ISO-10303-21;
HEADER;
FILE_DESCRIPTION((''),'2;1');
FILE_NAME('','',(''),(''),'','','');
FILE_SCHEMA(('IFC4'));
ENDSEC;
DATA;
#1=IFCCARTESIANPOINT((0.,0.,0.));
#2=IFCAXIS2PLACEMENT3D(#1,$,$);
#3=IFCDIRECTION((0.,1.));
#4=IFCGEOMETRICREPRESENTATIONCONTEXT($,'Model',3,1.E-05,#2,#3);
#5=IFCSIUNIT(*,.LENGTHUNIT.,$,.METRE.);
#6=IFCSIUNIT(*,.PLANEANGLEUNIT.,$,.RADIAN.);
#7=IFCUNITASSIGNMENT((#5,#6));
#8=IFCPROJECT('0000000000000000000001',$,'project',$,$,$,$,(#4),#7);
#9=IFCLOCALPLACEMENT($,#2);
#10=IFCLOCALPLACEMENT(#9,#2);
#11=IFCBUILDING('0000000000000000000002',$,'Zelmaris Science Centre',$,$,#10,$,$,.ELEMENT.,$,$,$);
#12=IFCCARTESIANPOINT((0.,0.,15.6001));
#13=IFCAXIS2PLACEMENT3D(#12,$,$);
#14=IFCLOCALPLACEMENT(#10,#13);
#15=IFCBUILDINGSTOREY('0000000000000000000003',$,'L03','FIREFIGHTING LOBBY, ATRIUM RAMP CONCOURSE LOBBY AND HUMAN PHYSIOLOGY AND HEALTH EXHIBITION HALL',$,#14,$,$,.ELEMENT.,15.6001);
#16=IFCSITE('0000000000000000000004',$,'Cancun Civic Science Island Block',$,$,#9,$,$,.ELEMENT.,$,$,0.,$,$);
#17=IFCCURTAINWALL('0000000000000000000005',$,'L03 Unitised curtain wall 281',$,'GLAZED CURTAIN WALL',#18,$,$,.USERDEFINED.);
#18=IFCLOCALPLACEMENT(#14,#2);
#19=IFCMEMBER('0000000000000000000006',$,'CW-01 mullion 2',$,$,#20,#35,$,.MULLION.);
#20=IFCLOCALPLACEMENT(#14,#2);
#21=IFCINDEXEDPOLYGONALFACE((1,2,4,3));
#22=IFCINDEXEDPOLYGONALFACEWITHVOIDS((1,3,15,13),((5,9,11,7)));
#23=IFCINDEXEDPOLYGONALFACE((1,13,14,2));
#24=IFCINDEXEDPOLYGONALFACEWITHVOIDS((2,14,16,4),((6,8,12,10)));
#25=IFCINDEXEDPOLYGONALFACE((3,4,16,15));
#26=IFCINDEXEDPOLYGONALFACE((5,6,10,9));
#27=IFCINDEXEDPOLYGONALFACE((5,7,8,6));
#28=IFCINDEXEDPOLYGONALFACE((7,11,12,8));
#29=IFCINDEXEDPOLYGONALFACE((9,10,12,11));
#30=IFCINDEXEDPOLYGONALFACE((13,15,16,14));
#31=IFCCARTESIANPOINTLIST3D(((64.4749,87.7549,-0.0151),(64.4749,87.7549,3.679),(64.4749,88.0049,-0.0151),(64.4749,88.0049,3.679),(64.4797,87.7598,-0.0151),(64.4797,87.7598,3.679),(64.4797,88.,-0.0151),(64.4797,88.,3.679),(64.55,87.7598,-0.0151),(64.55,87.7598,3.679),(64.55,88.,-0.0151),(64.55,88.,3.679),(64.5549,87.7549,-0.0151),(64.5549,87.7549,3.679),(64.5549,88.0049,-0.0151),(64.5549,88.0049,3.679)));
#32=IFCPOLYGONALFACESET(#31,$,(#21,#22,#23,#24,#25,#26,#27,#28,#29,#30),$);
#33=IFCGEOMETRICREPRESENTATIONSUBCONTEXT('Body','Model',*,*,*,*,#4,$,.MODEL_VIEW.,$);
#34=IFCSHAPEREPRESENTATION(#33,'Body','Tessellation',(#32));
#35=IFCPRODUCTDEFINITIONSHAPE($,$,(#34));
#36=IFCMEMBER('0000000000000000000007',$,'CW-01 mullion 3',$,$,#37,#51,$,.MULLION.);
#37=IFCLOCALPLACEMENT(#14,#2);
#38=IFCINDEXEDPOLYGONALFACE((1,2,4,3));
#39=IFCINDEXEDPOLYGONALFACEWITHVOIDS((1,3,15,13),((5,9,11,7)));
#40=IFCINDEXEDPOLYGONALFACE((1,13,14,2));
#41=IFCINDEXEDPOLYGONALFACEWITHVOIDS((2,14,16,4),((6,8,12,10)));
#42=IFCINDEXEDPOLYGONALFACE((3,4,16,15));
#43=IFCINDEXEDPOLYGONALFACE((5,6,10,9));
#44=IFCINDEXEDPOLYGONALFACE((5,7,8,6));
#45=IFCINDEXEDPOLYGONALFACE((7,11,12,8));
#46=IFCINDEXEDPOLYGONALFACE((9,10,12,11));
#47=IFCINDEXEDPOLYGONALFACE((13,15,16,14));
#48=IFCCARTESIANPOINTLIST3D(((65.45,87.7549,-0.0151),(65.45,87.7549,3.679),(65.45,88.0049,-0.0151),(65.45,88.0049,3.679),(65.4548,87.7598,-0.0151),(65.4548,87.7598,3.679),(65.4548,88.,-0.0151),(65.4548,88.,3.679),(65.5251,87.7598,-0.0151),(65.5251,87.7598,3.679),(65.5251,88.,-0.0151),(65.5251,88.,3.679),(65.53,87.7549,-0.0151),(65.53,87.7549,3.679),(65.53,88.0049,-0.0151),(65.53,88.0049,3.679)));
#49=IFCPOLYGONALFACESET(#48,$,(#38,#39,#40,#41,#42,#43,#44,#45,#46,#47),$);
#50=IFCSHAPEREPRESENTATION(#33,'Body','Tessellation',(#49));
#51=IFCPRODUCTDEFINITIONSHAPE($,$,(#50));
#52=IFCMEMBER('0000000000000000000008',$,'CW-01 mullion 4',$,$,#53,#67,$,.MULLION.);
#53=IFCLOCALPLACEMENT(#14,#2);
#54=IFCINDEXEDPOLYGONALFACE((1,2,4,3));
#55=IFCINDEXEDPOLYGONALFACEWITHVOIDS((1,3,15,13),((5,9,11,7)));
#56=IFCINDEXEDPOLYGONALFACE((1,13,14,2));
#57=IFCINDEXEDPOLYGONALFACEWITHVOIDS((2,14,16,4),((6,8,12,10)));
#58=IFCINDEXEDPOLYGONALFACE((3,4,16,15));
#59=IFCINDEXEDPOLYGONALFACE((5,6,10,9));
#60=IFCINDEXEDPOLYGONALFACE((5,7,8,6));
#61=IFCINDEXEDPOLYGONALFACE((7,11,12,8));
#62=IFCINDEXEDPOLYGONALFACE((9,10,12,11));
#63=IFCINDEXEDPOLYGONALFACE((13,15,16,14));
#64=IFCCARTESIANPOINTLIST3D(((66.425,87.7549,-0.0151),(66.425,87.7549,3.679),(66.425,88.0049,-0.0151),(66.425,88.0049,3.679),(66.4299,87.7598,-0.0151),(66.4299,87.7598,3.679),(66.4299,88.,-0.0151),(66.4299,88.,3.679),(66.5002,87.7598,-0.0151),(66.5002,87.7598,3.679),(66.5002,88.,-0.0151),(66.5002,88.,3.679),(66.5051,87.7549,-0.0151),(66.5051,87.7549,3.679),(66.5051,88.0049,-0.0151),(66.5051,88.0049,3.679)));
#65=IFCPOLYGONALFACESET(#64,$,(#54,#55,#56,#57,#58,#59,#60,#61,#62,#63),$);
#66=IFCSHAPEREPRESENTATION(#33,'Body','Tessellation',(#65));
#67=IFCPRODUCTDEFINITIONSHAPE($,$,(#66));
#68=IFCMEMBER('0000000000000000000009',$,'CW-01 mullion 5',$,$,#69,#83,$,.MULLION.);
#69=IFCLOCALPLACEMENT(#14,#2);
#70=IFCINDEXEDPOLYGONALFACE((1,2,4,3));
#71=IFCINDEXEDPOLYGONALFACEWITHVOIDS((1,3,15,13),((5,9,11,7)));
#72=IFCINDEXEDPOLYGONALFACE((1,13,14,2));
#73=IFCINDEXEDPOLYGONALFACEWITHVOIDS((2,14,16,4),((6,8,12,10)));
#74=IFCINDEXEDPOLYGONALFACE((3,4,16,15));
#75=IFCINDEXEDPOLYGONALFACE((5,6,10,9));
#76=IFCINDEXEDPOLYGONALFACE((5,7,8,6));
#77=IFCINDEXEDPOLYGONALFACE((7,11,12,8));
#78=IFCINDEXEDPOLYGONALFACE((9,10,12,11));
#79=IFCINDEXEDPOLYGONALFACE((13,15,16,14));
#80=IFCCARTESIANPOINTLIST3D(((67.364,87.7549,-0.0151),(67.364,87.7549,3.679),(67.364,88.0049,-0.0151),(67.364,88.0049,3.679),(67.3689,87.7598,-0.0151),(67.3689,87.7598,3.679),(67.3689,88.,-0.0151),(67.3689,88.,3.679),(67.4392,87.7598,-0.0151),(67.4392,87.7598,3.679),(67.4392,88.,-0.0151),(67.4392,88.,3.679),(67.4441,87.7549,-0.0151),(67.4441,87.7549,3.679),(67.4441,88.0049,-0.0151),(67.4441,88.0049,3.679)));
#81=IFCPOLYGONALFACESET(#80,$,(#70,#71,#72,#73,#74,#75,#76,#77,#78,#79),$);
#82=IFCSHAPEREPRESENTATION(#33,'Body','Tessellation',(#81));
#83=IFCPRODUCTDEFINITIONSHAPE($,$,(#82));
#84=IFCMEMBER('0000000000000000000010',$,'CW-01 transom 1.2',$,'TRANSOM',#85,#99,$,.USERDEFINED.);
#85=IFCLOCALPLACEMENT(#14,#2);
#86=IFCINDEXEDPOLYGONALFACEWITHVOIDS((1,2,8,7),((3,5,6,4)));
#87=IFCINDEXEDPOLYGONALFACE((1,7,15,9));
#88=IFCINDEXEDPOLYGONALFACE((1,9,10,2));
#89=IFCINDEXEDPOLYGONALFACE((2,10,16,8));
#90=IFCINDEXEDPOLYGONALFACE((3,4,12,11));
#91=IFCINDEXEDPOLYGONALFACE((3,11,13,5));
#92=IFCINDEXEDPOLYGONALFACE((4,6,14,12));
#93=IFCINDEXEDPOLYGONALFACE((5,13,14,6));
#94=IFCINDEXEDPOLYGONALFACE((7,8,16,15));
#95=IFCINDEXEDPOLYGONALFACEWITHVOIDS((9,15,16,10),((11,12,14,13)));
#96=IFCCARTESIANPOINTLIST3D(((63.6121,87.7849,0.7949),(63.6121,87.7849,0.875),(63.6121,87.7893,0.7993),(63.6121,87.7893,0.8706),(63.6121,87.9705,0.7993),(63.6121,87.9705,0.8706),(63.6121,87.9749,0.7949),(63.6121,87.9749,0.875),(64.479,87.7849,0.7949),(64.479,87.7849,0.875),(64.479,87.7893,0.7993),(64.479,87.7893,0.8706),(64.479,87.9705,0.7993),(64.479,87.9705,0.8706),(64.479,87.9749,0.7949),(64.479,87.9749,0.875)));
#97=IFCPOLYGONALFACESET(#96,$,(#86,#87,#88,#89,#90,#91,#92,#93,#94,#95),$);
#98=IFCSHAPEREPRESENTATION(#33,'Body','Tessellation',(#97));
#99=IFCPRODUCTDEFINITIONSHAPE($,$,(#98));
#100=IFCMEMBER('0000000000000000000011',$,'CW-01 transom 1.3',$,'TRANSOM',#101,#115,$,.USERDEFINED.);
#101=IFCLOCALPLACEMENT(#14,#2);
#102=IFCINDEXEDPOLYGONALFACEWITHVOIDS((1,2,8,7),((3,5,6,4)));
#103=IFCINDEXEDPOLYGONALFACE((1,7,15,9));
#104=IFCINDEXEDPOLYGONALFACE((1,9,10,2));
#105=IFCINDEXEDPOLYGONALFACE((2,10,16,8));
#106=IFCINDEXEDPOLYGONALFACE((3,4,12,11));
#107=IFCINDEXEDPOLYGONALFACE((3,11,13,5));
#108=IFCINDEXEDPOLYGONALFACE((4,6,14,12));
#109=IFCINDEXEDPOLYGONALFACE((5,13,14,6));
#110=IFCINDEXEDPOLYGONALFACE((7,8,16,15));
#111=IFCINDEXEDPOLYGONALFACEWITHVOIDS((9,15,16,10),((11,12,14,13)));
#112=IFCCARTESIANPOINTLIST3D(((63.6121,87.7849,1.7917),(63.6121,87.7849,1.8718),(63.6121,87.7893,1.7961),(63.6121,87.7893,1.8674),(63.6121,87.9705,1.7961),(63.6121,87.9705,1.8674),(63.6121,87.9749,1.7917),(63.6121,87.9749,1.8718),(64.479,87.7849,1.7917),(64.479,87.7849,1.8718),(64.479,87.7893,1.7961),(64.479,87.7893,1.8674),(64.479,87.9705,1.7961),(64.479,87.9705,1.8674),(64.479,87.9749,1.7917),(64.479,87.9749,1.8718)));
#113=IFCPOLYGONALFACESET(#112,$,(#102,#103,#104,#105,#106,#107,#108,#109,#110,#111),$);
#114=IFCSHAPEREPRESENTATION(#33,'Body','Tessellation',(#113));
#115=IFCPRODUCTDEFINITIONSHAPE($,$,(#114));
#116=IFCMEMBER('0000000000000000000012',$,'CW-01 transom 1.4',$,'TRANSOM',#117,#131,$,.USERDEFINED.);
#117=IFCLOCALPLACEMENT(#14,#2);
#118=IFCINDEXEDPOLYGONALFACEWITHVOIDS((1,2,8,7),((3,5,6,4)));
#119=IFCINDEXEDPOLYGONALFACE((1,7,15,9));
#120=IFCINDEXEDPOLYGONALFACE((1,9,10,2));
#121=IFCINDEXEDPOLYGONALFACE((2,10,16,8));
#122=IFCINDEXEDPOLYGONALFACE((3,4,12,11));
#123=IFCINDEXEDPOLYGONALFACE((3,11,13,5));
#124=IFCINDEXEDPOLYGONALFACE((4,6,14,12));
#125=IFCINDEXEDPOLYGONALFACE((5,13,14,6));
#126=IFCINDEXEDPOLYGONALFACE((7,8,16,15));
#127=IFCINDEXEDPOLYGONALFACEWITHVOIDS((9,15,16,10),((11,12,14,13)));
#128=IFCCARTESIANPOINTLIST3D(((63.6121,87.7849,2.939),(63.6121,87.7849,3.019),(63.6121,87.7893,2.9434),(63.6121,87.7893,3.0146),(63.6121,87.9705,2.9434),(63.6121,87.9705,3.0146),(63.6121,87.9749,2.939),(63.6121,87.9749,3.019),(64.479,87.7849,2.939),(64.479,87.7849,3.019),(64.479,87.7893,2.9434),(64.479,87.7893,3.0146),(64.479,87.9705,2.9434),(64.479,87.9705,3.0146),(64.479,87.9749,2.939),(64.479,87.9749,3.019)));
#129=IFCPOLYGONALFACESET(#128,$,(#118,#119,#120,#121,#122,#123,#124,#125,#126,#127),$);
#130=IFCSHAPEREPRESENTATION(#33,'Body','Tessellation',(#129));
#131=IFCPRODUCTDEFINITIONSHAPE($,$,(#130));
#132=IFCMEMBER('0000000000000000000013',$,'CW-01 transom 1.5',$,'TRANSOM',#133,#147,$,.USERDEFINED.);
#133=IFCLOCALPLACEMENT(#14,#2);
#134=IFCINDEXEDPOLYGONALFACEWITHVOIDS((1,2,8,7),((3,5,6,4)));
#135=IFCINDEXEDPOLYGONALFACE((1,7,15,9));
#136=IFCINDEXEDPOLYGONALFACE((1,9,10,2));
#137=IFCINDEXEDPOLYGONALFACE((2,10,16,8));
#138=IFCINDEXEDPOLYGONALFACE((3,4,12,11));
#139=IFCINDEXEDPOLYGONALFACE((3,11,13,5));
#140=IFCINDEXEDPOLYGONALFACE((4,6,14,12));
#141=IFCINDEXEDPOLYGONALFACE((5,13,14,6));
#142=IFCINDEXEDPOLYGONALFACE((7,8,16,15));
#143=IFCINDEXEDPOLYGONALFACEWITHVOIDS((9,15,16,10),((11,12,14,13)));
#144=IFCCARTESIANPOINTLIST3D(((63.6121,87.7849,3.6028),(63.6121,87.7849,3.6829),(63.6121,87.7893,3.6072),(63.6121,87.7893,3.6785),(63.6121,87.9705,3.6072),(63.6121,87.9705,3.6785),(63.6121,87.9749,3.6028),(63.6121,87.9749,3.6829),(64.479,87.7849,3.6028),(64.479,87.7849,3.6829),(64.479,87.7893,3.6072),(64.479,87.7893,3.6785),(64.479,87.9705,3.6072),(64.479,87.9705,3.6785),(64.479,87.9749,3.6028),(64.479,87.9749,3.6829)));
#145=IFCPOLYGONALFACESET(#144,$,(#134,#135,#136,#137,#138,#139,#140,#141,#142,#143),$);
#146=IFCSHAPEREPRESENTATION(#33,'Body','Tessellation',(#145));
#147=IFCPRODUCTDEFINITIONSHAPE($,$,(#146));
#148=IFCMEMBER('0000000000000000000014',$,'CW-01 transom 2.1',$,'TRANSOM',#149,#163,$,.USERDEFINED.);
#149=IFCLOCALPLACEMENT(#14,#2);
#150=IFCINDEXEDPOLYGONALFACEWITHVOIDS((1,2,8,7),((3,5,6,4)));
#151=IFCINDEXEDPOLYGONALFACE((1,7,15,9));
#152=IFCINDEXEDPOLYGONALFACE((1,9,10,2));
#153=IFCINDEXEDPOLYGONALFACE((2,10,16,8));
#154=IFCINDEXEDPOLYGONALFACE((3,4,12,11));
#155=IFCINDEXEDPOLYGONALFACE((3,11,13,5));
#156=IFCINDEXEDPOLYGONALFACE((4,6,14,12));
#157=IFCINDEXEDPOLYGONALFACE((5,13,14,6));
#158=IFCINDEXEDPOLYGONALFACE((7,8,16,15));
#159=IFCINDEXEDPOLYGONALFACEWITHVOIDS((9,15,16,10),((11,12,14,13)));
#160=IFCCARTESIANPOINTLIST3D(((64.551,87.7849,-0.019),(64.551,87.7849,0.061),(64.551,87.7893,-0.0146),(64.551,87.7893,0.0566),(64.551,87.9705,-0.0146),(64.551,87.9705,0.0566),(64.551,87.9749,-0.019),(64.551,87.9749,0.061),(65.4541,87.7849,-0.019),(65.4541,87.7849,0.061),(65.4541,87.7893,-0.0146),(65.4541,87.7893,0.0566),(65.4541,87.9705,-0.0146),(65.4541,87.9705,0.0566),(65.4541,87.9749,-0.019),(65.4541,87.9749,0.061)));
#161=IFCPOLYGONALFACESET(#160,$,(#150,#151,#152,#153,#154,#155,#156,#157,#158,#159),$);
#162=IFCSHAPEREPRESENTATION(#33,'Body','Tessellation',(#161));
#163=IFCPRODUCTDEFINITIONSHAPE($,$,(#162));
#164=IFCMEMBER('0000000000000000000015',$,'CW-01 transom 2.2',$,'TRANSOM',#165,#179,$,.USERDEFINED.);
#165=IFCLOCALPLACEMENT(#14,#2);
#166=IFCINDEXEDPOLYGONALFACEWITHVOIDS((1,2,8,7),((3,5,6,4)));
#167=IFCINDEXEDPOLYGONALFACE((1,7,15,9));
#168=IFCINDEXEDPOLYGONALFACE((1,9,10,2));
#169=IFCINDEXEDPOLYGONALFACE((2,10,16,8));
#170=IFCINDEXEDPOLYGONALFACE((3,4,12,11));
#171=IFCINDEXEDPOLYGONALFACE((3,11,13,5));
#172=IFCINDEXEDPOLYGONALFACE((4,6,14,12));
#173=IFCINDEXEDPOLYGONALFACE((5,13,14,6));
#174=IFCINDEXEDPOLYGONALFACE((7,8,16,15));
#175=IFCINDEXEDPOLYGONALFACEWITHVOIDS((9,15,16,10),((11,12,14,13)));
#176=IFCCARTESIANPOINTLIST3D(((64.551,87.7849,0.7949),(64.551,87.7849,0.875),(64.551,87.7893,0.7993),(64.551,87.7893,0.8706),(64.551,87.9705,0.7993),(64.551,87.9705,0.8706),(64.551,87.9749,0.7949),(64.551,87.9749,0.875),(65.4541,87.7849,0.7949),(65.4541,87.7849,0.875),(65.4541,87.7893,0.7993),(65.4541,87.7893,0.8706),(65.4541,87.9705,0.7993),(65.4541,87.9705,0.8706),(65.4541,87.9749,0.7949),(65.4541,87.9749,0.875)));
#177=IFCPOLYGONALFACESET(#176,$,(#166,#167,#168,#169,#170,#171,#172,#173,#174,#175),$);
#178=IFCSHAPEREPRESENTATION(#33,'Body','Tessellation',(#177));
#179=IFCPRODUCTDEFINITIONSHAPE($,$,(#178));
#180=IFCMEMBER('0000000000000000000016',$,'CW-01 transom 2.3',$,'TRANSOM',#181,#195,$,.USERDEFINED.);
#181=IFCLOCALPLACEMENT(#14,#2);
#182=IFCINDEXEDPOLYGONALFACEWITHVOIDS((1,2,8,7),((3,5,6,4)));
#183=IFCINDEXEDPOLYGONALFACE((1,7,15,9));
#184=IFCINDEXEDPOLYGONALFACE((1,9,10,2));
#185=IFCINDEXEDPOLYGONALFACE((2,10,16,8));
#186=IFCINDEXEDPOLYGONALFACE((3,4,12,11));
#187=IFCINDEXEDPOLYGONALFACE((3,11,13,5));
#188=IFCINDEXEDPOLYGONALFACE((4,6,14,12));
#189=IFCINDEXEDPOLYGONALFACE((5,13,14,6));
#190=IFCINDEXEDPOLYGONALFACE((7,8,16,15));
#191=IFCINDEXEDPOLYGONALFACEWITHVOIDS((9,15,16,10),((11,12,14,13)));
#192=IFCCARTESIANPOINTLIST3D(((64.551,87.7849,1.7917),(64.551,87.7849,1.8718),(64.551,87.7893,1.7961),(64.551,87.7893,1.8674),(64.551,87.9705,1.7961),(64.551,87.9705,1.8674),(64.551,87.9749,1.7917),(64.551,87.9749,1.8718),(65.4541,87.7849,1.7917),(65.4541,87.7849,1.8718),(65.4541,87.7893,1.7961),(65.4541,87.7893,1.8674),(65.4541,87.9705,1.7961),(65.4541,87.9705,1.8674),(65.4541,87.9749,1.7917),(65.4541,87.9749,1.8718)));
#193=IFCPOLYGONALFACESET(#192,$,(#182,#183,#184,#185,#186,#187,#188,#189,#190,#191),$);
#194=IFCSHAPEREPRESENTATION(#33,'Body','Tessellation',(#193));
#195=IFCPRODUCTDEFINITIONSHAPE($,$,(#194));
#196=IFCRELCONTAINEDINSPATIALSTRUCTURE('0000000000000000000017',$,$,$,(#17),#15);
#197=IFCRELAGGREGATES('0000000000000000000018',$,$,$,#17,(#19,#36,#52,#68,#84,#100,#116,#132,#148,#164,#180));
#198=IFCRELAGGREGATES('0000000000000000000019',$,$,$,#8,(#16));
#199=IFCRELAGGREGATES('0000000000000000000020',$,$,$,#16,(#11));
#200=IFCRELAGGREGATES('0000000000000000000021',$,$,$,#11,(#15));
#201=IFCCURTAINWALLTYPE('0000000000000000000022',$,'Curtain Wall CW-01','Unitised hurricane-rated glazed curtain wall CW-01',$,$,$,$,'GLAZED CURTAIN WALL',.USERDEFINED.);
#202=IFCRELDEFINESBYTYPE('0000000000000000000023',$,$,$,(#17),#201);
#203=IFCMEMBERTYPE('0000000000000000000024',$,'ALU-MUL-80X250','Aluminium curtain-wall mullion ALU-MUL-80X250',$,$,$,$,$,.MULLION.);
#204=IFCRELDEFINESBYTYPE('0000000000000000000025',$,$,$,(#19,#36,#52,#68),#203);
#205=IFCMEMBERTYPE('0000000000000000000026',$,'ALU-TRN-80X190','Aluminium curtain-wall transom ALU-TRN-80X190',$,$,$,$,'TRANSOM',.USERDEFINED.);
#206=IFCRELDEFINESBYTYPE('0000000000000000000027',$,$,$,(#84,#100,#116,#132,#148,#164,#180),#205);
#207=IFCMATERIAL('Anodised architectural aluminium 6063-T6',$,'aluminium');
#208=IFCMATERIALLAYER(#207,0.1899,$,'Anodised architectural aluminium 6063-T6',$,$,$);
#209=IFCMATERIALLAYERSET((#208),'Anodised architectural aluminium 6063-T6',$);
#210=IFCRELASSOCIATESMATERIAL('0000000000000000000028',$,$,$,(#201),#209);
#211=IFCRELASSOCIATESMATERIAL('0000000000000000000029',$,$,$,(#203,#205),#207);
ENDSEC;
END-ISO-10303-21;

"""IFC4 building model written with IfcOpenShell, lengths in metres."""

from ifc_helpers import new_model, si_unit, direction, frame, origin, origin_2d, place, context, subcontext, project, spatial, hollow_rectangle, extrude, material, layer, layer_set, material_profile, profile_set, type_object, element, aggregate, save


model = new_model("IFC4")

# Units and contexts
model_context = context("Model", 3, precision=1e-05, world=origin(), true_north=direction((0.0, 1.0)))
body_context = subcontext(model_context, "Body", "Model", "MODEL_VIEW")
ifc_project = project(units=[si_unit("LENGTHUNIT", "METRE"), si_unit("PLANEANGLEUNIT", "RADIAN")], contexts=[model_context])

# Site, building, storey
site_placement = place(None, origin())
site = spatial("IfcSite", under=ifc_project, at=site_placement, Name="Cancun Civic Science Island Block", CompositionType="ELEMENT", RefElevation=0.0)
building_placement = place(site_placement, origin())
building = spatial("IfcBuilding", under=site, at=building_placement, Name="Zelmaris Science Centre", CompositionType="ELEMENT")
storey_placement = place(building_placement, frame((0.0, 0.0, 15.6001)))
storey = spatial("IfcBuildingStorey", under=building, at=storey_placement, Name="L03", Description="FIREFIGHTING LOBBY, ATRIUM RAMP CONCOURSE LOBBY AND HUMAN PHYSIOLOGY AND HEALTH EXHIBITION HALL", CompositionType="ELEMENT", Elevation=15.6001)

# Curtain wall, members
ifc_material_1 = material(Name="Anodised architectural aluminium 6063-T6", Category="aluminium")
ifc_layer_1 = layer(ifc_material_1, 0.1899, Name="Anodised architectural aluminium 6063-T6")
ifc_layer_set_1 = layer_set([ifc_layer_1], Name="Anodised architectural aluminium 6063-T6")
curtain_wall_type = type_object("IfcCurtainWallType", Name="Curtain Wall CW-01", Description="Unitised hurricane-rated glazed curtain wall CW-01", ElementType="GLAZED CURTAIN WALL", PredefinedType="USERDEFINED", material=ifc_layer_set_1)
curtain_wall_placement = place(storey_placement, origin())
curtain_wall = element("IfcCurtainWall", 1, at=curtain_wall_placement, inside=storey, type_object=curtain_wall_type, Name="L03 Unitised curtain wall 281", ObjectType="GLAZED CURTAIN WALL", PredefinedType="USERDEFINED")
ifc_material_profile_1 = material_profile(ifc_material_1, hollow_rectangle(XDim=0.0801, YDim=0.25, WallThickness=0.0049, at=origin_2d()), Name="ALU-MUL-80X250")
ifc_profile_set_1 = profile_set([ifc_material_profile_1], Name="Anodised architectural aluminium 6063-T6")
member_type_1 = type_object("IfcMemberType", Name="ALU-MUL-80X250", Description="Aluminium curtain-wall mullion ALU-MUL-80X250", PredefinedType="MULLION", material=ifc_profile_set_1)
member_1_placement = place(storey_placement, frame((64.5149, 87.8799, -0.0151), z_axis=(0.0, 0.0, 1.0), x_axis=(1.0, 0.0, 0.0)))
member_1 = element("IfcMember", 2, at=member_1_placement, type_object=member_type_1, Name="CW-01 mullion 2", PredefinedType="MULLION", context=body_context, shape_type="SweptSolid", body=[
    extrude(hollow_rectangle(XDim=0.0801, YDim=0.25, WallThickness=0.0049, at=origin_2d()), origin(), (0.0, 0.0, 1.0), 3.6941),
])
member_2_placement = place(storey_placement, frame((65.49, 87.8799, -0.0151), z_axis=(0.0, 0.0, 1.0), x_axis=(1.0, 0.0, 0.0)))
member_2 = element("IfcMember", 3, at=member_2_placement, type_object=member_type_1, Name="CW-01 mullion 3", PredefinedType="MULLION", context=body_context, shape_type="SweptSolid", body=[
    extrude(hollow_rectangle(XDim=0.0801, YDim=0.25, WallThickness=0.0049, at=origin_2d()), origin(), (0.0, 0.0, 1.0), 3.6941),
])
member_3_placement = place(storey_placement, frame((66.4651, 87.8799, -0.0151), z_axis=(0.0, 0.0, 1.0), x_axis=(1.0, 0.0, 0.0)))
member_3 = element("IfcMember", 4, at=member_3_placement, type_object=member_type_1, Name="CW-01 mullion 4", PredefinedType="MULLION", context=body_context, shape_type="SweptSolid", body=[
    extrude(hollow_rectangle(XDim=0.0801, YDim=0.25, WallThickness=0.0049, at=origin_2d()), origin(), (0.0, 0.0, 1.0), 3.6941),
])
member_4_placement = place(storey_placement, frame((67.4041, 87.8799, -0.0151), z_axis=(0.0, 0.0, 1.0), x_axis=(1.0, 0.0, 0.0)))
member_4 = element("IfcMember", 5, at=member_4_placement, type_object=member_type_1, Name="CW-01 mullion 5", PredefinedType="MULLION", context=body_context, shape_type="SweptSolid", body=[
    extrude(hollow_rectangle(XDim=0.0801, YDim=0.25, WallThickness=0.0049, at=origin_2d()), origin(), (0.0, 0.0, 1.0), 3.6941),
])
ifc_material_profile_2 = material_profile(ifc_material_1, hollow_rectangle(XDim=0.0801, YDim=0.1899, WallThickness=0.0044, at=origin_2d()), Name="ALU-TRN-80X190")
ifc_profile_set_2 = profile_set([ifc_material_profile_2], Name="Anodised architectural aluminium 6063-T6")
member_type_2 = type_object("IfcMemberType", Name="ALU-TRN-80X190", Description="Aluminium curtain-wall transom ALU-TRN-80X190", ElementType="TRANSOM", PredefinedType="USERDEFINED", material=ifc_profile_set_2)
member_5_placement = place(storey_placement, frame((63.6121, 87.8799, 0.835), z_axis=(1.0, 0.0, 0.0), x_axis=(0.0, 0.0, 1.0)))
member_5 = element("IfcMember", 6, at=member_5_placement, type_object=member_type_2, Name="CW-01 transom 1.2", ObjectType="TRANSOM", PredefinedType="USERDEFINED", context=body_context, shape_type="SweptSolid", body=[
    extrude(hollow_rectangle(XDim=0.0801, YDim=0.1899, WallThickness=0.0044, at=origin_2d()), origin(), (0.0, 0.0, 1.0), 0.8669),
])
member_6_placement = place(storey_placement, frame((63.6121, 87.8799, 1.8318), z_axis=(1.0, 0.0, 0.0), x_axis=(0.0, 0.0, 1.0)))
member_6 = element("IfcMember", 7, at=member_6_placement, type_object=member_type_2, Name="CW-01 transom 1.3", ObjectType="TRANSOM", PredefinedType="USERDEFINED", context=body_context, shape_type="SweptSolid", body=[
    extrude(hollow_rectangle(XDim=0.0801, YDim=0.1899, WallThickness=0.0044, at=origin_2d()), origin(), (0.0, 0.0, 1.0), 0.8669),
])
member_7_placement = place(storey_placement, frame((63.6121, 87.8799, 2.979), z_axis=(1.0, 0.0, 0.0), x_axis=(0.0, 0.0, 1.0)))
member_7 = element("IfcMember", 8, at=member_7_placement, type_object=member_type_2, Name="CW-01 transom 1.4", ObjectType="TRANSOM", PredefinedType="USERDEFINED", context=body_context, shape_type="SweptSolid", body=[
    extrude(hollow_rectangle(XDim=0.0801, YDim=0.1899, WallThickness=0.0044, at=origin_2d()), origin(), (0.0, 0.0, 1.0), 0.8669),
])
member_8_placement = place(storey_placement, frame((63.6121, 87.8799, 3.6428), z_axis=(1.0, 0.0, 0.0), x_axis=(0.0, 0.0, 1.0)))
member_8 = element("IfcMember", 9, at=member_8_placement, type_object=member_type_2, Name="CW-01 transom 1.5", ObjectType="TRANSOM", PredefinedType="USERDEFINED", context=body_context, shape_type="SweptSolid", body=[
    extrude(hollow_rectangle(XDim=0.0801, YDim=0.1899, WallThickness=0.0044, at=origin_2d()), origin(), (0.0, 0.0, 1.0), 0.8669),
])
member_9_placement = place(storey_placement, frame((64.551, 87.8799, 0.021), z_axis=(1.0, 0.0, 0.0), x_axis=(0.0, 0.0, 1.0)))
member_9 = element("IfcMember", 10, at=member_9_placement, type_object=member_type_2, Name="CW-01 transom 2.1", ObjectType="TRANSOM", PredefinedType="USERDEFINED", context=body_context, shape_type="SweptSolid", body=[
    extrude(hollow_rectangle(XDim=0.0801, YDim=0.1899, WallThickness=0.0044, at=origin_2d()), origin(), (0.0, 0.0, 1.0), 0.9031),
])
member_10_placement = place(storey_placement, frame((64.551, 87.8799, 0.835), z_axis=(1.0, 0.0, 0.0), x_axis=(0.0, 0.0, 1.0)))
member_10 = element("IfcMember", 11, at=member_10_placement, type_object=member_type_2, Name="CW-01 transom 2.2", ObjectType="TRANSOM", PredefinedType="USERDEFINED", context=body_context, shape_type="SweptSolid", body=[
    extrude(hollow_rectangle(XDim=0.0801, YDim=0.1899, WallThickness=0.0044, at=origin_2d()), origin(), (0.0, 0.0, 1.0), 0.9031),
])
member_11_placement = place(storey_placement, frame((64.551, 87.8799, 1.8318), z_axis=(1.0, 0.0, 0.0), x_axis=(0.0, 0.0, 1.0)))
member_11 = element("IfcMember", 12, at=member_11_placement, type_object=member_type_2, Name="CW-01 transom 2.3", ObjectType="TRANSOM", PredefinedType="USERDEFINED", context=body_context, shape_type="SweptSolid", body=[
    extrude(hollow_rectangle(XDim=0.0801, YDim=0.1899, WallThickness=0.0044, at=origin_2d()), origin(), (0.0, 0.0, 1.0), 0.9031),
])
aggregate(curtain_wall, [member_1, member_2, member_3, member_4, member_5, member_6, member_7, member_8, member_9, member_10, member_11])

save(model, "model.ifc")
